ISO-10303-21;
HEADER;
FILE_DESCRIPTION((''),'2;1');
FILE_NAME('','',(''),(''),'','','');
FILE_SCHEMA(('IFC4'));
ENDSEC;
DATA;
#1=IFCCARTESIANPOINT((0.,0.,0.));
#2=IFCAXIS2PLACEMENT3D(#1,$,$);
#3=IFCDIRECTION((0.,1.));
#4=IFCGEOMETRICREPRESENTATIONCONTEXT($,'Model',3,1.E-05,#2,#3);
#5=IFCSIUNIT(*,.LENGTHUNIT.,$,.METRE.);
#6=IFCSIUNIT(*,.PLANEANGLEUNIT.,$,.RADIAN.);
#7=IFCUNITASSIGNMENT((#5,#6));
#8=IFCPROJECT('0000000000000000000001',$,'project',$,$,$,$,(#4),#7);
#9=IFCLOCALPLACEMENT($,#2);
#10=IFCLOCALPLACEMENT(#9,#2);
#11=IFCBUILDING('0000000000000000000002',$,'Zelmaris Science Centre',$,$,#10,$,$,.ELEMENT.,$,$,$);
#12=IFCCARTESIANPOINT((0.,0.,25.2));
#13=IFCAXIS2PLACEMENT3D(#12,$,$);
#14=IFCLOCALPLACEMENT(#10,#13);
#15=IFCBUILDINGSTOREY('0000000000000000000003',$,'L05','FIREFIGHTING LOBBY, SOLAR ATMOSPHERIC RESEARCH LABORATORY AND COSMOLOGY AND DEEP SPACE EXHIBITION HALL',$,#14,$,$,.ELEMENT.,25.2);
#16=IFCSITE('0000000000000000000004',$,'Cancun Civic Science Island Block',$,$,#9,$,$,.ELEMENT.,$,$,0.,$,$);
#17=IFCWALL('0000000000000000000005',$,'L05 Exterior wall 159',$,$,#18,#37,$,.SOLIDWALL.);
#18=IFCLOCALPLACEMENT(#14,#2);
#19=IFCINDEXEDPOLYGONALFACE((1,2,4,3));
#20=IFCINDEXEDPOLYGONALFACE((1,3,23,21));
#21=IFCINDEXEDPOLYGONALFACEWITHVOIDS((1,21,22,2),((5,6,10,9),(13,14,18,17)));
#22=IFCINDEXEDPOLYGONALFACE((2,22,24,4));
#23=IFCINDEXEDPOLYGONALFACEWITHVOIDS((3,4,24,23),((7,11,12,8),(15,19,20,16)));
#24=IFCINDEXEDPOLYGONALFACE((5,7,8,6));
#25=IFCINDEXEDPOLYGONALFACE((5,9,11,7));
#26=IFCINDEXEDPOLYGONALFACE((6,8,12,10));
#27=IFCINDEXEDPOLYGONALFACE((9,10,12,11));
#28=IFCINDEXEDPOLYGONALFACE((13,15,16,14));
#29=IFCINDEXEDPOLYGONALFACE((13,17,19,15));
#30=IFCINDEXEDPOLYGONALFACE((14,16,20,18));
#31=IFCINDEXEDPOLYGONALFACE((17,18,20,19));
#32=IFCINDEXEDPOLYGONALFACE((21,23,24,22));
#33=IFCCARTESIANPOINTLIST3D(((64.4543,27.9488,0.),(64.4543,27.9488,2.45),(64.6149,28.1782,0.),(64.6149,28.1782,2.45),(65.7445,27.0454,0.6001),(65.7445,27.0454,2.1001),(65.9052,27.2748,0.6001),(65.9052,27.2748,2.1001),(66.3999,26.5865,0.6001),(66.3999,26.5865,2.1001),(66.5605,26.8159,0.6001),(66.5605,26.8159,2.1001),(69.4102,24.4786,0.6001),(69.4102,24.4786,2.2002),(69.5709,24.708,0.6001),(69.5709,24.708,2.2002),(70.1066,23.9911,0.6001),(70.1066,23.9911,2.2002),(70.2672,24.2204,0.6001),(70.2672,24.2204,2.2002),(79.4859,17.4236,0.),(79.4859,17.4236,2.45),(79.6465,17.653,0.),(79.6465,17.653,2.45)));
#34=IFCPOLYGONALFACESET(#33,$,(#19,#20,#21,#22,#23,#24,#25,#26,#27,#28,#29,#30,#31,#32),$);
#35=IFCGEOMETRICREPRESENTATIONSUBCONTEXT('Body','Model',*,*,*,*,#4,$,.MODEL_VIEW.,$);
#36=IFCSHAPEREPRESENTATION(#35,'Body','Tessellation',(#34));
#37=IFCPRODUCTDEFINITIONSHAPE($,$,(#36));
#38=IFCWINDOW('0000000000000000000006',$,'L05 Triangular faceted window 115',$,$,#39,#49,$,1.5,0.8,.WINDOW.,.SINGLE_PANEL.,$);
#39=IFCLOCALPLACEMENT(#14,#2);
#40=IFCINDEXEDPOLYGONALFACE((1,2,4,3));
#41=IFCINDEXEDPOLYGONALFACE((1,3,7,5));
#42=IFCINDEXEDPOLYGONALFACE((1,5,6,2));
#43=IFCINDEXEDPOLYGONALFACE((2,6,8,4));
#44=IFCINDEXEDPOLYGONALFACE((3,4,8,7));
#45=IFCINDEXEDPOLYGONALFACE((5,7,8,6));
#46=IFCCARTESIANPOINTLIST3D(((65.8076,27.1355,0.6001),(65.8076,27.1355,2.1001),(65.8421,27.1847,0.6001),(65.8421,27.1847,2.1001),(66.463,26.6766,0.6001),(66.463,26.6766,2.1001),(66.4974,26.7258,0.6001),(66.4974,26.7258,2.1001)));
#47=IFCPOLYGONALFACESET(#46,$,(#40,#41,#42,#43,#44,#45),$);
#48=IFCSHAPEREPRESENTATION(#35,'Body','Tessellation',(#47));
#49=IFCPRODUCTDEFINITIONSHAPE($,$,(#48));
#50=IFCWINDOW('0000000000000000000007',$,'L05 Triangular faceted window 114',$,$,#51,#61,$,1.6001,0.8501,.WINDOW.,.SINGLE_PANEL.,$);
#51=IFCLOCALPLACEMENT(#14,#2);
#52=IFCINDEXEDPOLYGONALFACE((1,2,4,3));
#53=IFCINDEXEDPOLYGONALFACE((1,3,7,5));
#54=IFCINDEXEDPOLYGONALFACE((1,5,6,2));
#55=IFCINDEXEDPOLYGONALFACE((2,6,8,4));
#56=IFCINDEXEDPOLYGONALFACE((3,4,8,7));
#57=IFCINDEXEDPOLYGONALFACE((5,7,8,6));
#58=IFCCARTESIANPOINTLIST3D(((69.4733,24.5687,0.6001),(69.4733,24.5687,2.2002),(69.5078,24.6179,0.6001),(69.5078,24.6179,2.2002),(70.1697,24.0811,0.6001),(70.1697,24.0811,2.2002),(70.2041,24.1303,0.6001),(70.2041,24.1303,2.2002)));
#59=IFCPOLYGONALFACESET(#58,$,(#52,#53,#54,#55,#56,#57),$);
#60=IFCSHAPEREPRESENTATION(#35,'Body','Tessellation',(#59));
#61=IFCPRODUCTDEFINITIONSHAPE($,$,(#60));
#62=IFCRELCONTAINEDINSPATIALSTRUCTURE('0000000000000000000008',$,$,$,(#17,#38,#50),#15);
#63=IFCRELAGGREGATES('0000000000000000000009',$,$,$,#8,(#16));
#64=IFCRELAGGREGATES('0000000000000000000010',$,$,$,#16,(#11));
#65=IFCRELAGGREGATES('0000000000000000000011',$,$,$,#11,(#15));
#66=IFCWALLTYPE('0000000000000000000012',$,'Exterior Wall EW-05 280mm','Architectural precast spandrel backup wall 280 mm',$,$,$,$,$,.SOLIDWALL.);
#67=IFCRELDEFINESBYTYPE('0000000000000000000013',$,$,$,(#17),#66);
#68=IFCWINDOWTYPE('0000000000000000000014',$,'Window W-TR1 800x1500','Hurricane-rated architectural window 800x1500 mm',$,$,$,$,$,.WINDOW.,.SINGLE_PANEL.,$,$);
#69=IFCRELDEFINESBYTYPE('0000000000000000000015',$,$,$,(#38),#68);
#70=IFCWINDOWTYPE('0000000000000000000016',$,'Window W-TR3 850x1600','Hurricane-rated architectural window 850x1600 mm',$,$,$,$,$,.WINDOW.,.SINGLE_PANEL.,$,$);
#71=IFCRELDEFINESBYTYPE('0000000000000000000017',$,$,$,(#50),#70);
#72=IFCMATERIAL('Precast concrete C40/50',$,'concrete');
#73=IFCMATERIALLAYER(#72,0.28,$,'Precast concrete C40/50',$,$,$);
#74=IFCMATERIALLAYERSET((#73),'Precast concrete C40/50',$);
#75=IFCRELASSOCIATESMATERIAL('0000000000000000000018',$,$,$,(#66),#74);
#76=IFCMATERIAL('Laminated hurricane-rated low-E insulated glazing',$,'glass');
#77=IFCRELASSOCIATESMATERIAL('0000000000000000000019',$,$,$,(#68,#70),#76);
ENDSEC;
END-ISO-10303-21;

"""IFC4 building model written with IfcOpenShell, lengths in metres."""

from ifc_helpers import new_model, si_unit, direction, frame, frame_2d, origin, place, context, subcontext, project, spatial, rectangle, extrude, material, layer, layer_set, type_object, element, fill, save


model = new_model("IFC4")

# Units and contexts
model_context = context("Model", 3, precision=1e-05, world=origin(), true_north=direction((0.0, 1.0)))
body_context = subcontext(model_context, "Body", "Model", "MODEL_VIEW")
ifc_project = project(units=[si_unit("LENGTHUNIT", "METRE"), si_unit("PLANEANGLEUNIT", "RADIAN")], contexts=[model_context])

# Site, building, storey
site_placement = place(None, origin())
site = spatial("IfcSite", under=ifc_project, at=site_placement, Name="Cancun Civic Science Island Block", CompositionType="ELEMENT", RefElevation=0.0)
building_placement = place(site_placement, origin())
building = spatial("IfcBuilding", under=site, at=building_placement, Name="Zelmaris Science Centre", CompositionType="ELEMENT")
storey_placement = place(building_placement, frame((0.0, 0.0, 25.2)))
storey = spatial("IfcBuildingStorey", under=building, at=storey_placement, Name="L05", Description="FIREFIGHTING LOBBY, SOLAR ATMOSPHERIC RESEARCH LABORATORY AND COSMOLOGY AND DEEP SPACE EXHIBITION HALL", CompositionType="ELEMENT", Elevation=25.2)

# Shared definitions
ifc_material_1 = material(Name="Laminated hurricane-rated low-E insulated glazing", Category="glass")

# Shared definitions
ifc_material_2 = material(Name="Precast concrete C40/50", Category="concrete")

# Wall, openings, windows
ifc_layer_1 = layer(ifc_material_2, 0.28, Name="Precast concrete C40/50")
ifc_layer_set_1 = layer_set([ifc_layer_1], Name="Precast concrete C40/50")
wall_type = type_object("IfcWallType", Name="Exterior Wall EW-05 280mm", Description="Architectural precast spandrel backup wall 280 mm", PredefinedType="SOLIDWALL", material=ifc_layer_set_1)
wall_placement = place(storey_placement, frame((79.5662, 17.5383, 0.0), z_axis=(0.0, 0.0, 1.0), x_axis=(-0.819153, 0.573576, 0.0)))
wall = element("IfcWall", 1, at=wall_placement, inside=storey, type_object=wall_type, Name="L05 Exterior wall 159", PredefinedType="SOLIDWALL", context=body_context, shape_type="SweptSolid", body=[
    extrude(rectangle(XDim=18.3501, YDim=0.28, at=frame_2d((9.175, 0.0))), origin(), (0.0, 0.0, 1.0), 2.45),
])
opening_1_placement = place(wall_placement, frame((11.45, 0.0, 0.6001)))
opening_1 = element("IfcOpeningElement", 2, at=opening_1_placement, cuts=wall, PredefinedType="OPENING", context=body_context, shape_type="SweptSolid", body=[
    extrude(rectangle(XDim=0.8501, YDim=1.6001, at=frame_2d((0.425, 0.8))), frame((0.0, 0.1499, 0.0), z_axis=(0.0, -1.0, 0.0), x_axis=(1.0, 0.0, 0.0)), (0.0, 0.0, 1.0), 0.3),
])
opening_2_placement = place(wall_placement, frame((15.9751, 0.0, 0.6001)))
opening_2 = element("IfcOpeningElement", 3, at=opening_2_placement, cuts=wall, PredefinedType="OPENING", context=body_context, shape_type="SweptSolid", body=[
    extrude(rectangle(XDim=0.8, YDim=1.5, at=frame_2d((0.3999, 0.75))), frame((0.0, 0.1499, 0.0), z_axis=(0.0, -1.0, 0.0), x_axis=(1.0, 0.0, 0.0)), (0.0, 0.0, 1.0), 0.3),
])
window_type_1 = type_object("IfcWindowType", Name="Window W-TR1 800x1500", Description="Hurricane-rated architectural window 800x1500 mm", PartitioningType="SINGLE_PANEL", PredefinedType="WINDOW", material=ifc_material_1)
window_1_placement = place(opening_2_placement, origin())
window_1 = element("IfcWindow", 4, at=window_1_placement, inside=storey, type_object=window_type_1, Name="L05 Triangular faceted window 115", OverallHeight=1.5, OverallWidth=0.8, PartitioningType="SINGLE_PANEL", PredefinedType="WINDOW", context=body_context, shape_type="SweptSolid", body=[
    extrude(rectangle(XDim=0.8, YDim=1.5, at=frame_2d((0.3999, 0.75))), frame((0.0, 0.03, 0.0), z_axis=(0.0, -1.0, 0.0), x_axis=(1.0, 0.0, 0.0)), (0.0, 0.0, 1.0), 0.0601),
])
fill(opening_2, window_1)
window_type_2 = type_object("IfcWindowType", Name="Window W-TR3 850x1600", Description="Hurricane-rated architectural window 850x1600 mm", PartitioningType="SINGLE_PANEL", PredefinedType="WINDOW", material=ifc_material_1)
window_2_placement = place(opening_1_placement, origin())
window_2 = element("IfcWindow", 5, at=window_2_placement, inside=storey, type_object=window_type_2, Name="L05 Triangular faceted window 114", OverallHeight=1.6001, OverallWidth=0.8501, PartitioningType="SINGLE_PANEL", PredefinedType="WINDOW", context=body_context, shape_type="SweptSolid", body=[
    extrude(rectangle(XDim=0.8501, YDim=1.6001, at=frame_2d((0.425, 0.8))), frame((0.0, 0.03, 0.0), z_axis=(0.0, -1.0, 0.0), x_axis=(1.0, 0.0, 0.0)), (0.0, 0.0, 1.0), 0.0601),
])
fill(opening_1, window_2)

save(model, "model.ifc")
